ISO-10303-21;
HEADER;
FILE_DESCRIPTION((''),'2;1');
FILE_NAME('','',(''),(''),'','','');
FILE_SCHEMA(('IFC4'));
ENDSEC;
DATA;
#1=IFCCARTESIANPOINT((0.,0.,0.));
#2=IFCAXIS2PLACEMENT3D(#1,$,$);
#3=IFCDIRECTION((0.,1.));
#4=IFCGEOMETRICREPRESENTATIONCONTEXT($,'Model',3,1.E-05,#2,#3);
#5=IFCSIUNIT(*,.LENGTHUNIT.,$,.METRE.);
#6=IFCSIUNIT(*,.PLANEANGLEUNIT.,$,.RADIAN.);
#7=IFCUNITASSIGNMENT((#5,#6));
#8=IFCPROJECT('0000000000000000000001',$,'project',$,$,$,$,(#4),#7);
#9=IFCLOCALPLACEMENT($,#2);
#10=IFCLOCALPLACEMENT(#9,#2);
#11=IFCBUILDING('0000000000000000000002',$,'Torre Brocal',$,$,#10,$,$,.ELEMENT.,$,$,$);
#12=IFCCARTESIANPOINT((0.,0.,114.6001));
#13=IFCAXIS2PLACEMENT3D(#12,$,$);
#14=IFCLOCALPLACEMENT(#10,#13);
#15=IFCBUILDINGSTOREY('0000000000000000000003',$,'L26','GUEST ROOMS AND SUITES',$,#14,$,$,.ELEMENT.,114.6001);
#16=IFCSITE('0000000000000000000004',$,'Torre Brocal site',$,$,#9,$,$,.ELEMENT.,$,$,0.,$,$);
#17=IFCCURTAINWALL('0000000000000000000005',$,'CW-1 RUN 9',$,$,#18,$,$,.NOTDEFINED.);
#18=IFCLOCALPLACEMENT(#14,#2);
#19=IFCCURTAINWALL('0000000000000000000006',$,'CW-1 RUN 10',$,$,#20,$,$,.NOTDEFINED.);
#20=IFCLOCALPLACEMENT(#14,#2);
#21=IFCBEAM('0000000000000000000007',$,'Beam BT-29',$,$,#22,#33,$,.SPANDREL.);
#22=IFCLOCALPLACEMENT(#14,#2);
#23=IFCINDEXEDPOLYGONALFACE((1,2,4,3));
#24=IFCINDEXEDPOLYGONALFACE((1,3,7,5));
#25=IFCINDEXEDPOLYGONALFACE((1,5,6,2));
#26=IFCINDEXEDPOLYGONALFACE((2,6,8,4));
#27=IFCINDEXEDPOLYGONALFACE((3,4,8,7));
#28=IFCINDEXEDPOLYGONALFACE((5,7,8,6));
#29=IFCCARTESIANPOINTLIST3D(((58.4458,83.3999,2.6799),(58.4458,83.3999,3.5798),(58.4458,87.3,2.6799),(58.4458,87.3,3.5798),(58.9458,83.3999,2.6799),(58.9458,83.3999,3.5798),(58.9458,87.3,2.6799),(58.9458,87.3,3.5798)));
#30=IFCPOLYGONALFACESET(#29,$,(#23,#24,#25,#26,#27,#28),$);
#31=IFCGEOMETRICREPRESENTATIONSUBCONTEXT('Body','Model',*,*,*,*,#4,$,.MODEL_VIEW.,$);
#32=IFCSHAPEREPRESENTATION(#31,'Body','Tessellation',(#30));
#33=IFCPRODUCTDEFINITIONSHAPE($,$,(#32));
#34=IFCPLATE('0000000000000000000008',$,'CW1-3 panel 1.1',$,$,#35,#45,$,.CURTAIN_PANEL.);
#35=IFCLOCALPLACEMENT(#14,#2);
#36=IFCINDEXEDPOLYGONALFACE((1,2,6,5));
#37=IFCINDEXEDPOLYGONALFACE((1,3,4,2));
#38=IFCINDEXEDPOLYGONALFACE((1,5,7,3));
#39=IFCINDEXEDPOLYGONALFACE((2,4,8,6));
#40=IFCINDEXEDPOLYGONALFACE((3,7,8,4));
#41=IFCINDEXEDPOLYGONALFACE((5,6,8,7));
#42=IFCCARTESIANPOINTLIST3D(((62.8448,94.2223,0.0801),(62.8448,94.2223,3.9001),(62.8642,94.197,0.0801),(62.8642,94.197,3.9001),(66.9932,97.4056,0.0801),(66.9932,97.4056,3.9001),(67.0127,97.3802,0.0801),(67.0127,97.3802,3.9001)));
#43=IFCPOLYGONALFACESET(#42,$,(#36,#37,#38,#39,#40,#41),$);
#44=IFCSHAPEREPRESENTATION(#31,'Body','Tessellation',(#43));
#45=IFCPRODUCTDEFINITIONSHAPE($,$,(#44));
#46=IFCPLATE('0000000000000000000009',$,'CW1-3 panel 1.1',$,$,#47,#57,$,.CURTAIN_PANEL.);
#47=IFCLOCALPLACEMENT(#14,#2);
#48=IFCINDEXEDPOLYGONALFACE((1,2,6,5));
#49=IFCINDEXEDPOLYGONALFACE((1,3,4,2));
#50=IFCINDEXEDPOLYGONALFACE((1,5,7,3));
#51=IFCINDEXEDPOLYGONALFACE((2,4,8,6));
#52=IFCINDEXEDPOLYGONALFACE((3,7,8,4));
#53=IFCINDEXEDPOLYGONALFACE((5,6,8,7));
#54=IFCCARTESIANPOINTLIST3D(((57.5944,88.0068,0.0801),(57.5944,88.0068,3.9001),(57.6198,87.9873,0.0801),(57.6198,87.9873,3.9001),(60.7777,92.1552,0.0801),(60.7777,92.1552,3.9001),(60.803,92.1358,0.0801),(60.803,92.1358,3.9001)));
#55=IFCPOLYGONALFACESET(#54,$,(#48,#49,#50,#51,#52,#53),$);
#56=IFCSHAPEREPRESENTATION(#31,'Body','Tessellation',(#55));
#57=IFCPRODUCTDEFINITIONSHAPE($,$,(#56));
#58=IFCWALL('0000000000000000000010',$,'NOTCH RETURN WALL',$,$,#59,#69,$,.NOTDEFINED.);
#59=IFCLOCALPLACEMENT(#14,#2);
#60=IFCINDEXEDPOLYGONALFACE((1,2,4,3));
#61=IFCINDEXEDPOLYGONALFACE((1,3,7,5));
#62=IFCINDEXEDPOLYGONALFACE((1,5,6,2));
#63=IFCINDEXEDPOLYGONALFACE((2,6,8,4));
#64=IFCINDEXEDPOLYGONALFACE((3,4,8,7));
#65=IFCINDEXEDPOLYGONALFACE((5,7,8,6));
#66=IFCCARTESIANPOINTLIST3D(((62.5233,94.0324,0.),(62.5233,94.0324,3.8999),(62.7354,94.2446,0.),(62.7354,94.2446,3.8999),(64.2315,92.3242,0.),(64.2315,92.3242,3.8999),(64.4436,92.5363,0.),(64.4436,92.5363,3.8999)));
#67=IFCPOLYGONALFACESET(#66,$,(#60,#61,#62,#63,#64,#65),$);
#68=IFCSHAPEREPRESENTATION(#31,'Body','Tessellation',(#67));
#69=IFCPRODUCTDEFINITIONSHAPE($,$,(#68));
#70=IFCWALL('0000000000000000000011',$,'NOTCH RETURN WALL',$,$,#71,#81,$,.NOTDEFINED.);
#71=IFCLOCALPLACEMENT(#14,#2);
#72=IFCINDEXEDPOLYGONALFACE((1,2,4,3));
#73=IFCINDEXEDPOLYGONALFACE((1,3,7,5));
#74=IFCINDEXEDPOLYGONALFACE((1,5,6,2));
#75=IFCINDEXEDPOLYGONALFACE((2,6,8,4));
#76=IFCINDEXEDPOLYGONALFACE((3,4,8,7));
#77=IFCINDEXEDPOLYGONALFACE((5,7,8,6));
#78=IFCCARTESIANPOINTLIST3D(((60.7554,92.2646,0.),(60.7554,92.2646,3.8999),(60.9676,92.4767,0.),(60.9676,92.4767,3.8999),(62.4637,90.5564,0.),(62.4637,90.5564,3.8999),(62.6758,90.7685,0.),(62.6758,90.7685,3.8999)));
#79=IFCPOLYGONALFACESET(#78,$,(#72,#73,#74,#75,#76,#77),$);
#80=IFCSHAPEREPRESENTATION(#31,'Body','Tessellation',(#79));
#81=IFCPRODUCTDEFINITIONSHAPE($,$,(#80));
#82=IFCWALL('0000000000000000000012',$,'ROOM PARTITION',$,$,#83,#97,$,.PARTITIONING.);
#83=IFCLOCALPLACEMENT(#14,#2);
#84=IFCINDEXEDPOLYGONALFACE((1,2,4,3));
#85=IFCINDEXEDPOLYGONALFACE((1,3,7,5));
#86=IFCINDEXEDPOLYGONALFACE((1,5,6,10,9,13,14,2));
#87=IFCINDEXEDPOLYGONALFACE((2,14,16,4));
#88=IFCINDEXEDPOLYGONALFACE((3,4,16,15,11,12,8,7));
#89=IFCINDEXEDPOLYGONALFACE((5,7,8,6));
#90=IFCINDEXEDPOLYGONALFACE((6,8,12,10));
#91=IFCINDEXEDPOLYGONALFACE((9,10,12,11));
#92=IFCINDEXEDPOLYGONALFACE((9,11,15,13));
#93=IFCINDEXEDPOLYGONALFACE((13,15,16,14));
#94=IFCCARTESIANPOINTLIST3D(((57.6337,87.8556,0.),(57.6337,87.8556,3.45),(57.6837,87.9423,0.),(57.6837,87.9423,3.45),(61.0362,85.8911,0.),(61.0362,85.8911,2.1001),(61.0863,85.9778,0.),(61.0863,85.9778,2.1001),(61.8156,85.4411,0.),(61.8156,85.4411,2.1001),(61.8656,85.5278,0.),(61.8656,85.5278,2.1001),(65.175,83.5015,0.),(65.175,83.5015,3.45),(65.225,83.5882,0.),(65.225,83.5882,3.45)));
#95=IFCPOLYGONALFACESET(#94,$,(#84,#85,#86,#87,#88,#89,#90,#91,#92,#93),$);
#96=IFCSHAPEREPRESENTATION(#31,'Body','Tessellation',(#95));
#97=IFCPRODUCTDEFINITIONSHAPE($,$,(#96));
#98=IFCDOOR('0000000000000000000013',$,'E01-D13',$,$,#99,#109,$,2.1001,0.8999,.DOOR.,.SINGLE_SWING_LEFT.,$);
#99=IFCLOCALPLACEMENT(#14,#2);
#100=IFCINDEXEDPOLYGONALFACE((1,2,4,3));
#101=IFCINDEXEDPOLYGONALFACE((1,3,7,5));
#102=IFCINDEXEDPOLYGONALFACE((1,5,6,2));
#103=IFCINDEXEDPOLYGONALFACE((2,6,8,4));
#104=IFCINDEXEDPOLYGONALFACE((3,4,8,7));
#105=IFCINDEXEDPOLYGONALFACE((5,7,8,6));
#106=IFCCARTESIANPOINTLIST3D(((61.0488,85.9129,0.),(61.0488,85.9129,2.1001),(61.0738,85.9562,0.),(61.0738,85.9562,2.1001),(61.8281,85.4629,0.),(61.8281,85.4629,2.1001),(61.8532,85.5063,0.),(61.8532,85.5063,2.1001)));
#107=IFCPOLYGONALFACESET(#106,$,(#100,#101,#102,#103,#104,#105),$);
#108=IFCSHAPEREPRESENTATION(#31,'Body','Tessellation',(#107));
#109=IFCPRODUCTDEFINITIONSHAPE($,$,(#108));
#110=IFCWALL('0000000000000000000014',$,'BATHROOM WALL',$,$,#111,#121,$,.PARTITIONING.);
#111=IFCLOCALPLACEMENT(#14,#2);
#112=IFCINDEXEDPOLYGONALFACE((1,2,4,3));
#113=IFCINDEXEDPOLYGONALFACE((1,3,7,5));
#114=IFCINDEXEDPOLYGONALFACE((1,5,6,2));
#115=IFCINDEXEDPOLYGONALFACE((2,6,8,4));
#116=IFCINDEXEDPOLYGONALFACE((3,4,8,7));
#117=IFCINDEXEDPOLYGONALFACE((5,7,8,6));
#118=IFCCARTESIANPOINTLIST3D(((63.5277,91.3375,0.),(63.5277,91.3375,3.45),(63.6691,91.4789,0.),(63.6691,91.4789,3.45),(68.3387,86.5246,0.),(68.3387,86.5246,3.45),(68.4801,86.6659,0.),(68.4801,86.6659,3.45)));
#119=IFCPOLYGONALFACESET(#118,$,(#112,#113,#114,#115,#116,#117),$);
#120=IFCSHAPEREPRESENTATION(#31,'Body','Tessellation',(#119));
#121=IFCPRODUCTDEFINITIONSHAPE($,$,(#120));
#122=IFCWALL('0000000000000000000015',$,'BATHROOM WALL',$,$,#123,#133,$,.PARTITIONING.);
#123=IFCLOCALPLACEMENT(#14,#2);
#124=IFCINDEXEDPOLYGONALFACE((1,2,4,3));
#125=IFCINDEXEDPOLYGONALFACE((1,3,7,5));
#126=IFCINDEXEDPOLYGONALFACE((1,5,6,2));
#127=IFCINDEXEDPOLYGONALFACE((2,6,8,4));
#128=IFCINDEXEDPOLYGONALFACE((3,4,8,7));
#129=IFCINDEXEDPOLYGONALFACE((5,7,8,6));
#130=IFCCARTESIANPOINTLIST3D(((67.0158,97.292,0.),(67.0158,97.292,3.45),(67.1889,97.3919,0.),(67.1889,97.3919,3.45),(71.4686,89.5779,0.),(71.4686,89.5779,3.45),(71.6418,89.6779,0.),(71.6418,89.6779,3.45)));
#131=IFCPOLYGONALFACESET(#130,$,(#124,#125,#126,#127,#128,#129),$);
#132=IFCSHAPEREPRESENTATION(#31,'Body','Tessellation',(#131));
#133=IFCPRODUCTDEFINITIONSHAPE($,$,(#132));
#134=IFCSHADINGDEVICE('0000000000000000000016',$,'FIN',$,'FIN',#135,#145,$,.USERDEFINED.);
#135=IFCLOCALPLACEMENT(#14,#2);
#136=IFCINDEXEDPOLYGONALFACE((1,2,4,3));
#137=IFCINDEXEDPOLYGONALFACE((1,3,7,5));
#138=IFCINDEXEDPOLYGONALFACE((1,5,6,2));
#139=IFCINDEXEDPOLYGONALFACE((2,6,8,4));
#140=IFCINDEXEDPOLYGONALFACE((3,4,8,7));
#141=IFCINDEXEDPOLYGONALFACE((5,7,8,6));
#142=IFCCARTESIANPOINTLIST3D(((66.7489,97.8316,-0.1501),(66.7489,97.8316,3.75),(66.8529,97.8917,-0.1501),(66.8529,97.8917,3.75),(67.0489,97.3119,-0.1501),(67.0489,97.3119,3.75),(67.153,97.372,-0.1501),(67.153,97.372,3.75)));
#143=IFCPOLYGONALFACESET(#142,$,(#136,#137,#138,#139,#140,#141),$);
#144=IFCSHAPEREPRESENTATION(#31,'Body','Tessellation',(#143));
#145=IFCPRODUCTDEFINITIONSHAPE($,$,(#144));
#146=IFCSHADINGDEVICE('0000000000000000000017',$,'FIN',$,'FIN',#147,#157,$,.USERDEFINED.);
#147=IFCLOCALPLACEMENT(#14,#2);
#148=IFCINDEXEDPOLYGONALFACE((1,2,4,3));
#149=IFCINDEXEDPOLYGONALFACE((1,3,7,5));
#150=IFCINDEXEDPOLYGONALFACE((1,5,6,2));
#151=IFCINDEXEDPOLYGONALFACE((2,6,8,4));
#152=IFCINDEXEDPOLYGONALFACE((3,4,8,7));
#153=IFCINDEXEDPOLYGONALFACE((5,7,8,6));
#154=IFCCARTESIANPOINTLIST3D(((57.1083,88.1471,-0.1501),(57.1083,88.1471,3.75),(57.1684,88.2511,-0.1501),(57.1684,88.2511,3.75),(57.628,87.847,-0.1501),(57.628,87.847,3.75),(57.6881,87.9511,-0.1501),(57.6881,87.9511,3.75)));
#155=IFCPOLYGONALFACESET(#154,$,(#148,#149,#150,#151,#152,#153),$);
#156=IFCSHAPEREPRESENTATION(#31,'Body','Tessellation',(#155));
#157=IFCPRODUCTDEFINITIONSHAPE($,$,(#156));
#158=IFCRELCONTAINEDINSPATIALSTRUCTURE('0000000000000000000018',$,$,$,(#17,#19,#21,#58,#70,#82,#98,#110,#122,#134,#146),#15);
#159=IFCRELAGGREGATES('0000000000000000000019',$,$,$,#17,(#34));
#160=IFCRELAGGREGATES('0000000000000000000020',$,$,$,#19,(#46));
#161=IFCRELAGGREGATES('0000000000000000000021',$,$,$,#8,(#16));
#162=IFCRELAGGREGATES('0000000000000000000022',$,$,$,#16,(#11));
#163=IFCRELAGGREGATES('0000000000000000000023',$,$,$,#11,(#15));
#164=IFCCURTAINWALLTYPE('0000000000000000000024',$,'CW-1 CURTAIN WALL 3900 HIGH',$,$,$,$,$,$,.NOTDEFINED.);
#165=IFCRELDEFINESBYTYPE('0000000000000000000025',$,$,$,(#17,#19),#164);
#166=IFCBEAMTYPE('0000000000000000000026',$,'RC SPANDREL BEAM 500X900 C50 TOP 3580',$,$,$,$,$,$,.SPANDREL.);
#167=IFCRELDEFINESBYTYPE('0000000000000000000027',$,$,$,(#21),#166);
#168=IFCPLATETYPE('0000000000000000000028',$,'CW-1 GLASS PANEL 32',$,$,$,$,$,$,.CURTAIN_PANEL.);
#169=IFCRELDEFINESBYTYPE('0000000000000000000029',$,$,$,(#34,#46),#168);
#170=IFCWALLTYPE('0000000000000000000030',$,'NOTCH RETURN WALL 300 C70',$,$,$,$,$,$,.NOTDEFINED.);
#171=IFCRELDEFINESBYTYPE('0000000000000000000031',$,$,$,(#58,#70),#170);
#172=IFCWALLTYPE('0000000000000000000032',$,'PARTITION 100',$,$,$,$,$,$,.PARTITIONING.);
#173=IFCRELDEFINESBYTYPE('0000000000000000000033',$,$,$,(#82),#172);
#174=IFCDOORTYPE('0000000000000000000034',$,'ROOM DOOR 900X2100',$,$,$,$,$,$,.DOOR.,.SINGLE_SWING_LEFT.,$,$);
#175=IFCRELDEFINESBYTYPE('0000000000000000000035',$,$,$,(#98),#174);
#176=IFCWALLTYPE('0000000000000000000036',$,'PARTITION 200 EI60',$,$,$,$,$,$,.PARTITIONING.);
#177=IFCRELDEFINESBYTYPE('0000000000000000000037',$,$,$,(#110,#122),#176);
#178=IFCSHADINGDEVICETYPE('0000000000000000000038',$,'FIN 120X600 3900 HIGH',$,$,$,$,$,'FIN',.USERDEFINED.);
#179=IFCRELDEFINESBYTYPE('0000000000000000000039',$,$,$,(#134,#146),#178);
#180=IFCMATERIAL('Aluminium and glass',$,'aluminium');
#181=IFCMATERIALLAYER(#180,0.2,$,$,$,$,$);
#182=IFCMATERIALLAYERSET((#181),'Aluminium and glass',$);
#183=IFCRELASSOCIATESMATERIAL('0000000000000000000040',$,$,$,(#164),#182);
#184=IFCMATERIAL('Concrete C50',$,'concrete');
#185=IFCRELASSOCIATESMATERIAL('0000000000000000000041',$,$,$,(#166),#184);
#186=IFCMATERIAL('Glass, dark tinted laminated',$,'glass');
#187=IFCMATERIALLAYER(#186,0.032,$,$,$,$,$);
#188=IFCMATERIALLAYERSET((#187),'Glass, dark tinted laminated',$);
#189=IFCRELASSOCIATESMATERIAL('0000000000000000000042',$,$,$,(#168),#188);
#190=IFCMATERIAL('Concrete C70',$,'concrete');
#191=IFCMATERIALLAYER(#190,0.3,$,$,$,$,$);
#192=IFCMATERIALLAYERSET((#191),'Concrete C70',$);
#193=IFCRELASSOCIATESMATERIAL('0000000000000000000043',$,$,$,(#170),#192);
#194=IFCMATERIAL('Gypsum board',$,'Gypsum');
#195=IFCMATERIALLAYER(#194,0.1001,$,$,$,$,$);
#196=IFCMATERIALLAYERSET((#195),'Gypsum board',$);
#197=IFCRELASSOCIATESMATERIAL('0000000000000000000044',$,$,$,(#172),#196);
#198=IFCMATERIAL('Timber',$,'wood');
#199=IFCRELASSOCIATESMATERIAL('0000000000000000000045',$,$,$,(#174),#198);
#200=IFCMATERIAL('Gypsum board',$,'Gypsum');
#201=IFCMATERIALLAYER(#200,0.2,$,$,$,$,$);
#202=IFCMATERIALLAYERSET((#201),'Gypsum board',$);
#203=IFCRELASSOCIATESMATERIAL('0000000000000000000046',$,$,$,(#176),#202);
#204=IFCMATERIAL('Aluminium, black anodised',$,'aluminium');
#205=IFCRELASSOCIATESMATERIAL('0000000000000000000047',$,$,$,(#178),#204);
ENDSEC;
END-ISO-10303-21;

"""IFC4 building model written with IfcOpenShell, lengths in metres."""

from ifc_helpers import new_model, si_unit, direction, frame, frame_2d, origin, origin_2d, place, context, subcontext, project, spatial, rectangle, extrude, material, layer, layer_set, material_profile, profile_set, type_object, element, fill, aggregate, save


model = new_model("IFC4")

# Units and contexts
model_context = context("Model", 3, precision=1e-05, world=origin(), true_north=direction((0.0, 1.0)))
body_context = subcontext(model_context, "Body", "Model", "MODEL_VIEW")
ifc_project = project(units=[si_unit("LENGTHUNIT", "METRE"), si_unit("PLANEANGLEUNIT", "RADIAN")], contexts=[model_context])

# Site, building, storey
site_placement = place(None, origin())
site = spatial("IfcSite", under=ifc_project, at=site_placement, Name="Torre Brocal site", CompositionType="ELEMENT", RefElevation=0.0)
building_placement = place(site_placement, origin())
building = spatial("IfcBuilding", under=site, at=building_placement, Name="Torre Brocal", CompositionType="ELEMENT")
storey_placement = place(building_placement, frame((0.0, 0.0, 114.6001)))
storey = spatial("IfcBuildingStorey", under=building, at=storey_placement, Name="L26", Description="GUEST ROOMS AND SUITES", CompositionType="ELEMENT", Elevation=114.6001)

# Shared definitions
ifc_material_1 = material(Name="Aluminium and glass", Category="aluminium")
ifc_layer_1 = layer(ifc_material_1, 0.2)
ifc_layer_set_1 = layer_set([ifc_layer_1], Name="Aluminium and glass")
curtain_wall_type = type_object("IfcCurtainWallType", Name="CW-1 CURTAIN WALL 3900 HIGH", PredefinedType="NOTDEFINED", material=ifc_layer_set_1)

# Curtain walls
curtain_wall_1_placement = place(storey_placement, origin())
curtain_wall_1 = element("IfcCurtainWall", 1, at=curtain_wall_1_placement, inside=storey, type_object=curtain_wall_type, Name="CW-1 RUN 9", PredefinedType="NOTDEFINED")
curtain_wall_2_placement = place(storey_placement, origin())
curtain_wall_2 = element("IfcCurtainWall", 2, at=curtain_wall_2_placement, inside=storey, type_object=curtain_wall_type, Name="CW-1 RUN 10", PredefinedType="NOTDEFINED")

# Beam
ifc_material_2 = material(Name="Concrete C50", Category="concrete")
ifc_material_profile_1 = material_profile(ifc_material_2, rectangle(XDim=0.5, YDim=0.8999, at=origin_2d()), Name="RC 500X900")
ifc_profile_set_1 = profile_set([ifc_material_profile_1], Name="Concrete C50")
beam_type_1 = type_object("IfcBeamType", Name="RC SPANDREL BEAM 500X900 C50 TOP 3580", PredefinedType="SPANDREL", material=ifc_profile_set_1)
beam_1_placement = place(storey_placement, frame((58.6958, 87.3, 3.1299), z_axis=(0.0, -1.0, 0.0), x_axis=(1.0, 0.0, 0.0)))
element("IfcBeam", 3, at=beam_1_placement, inside=storey, type_object=beam_type_1, Name="Beam BT-29", PredefinedType="SPANDREL", context=body_context, shape_type="SweptSolid", body=[
    extrude(rectangle(XDim=0.5, YDim=0.8999, at=origin_2d()), origin(), (0.0, 0.0, 1.0), 3.9001),
])

# Plates
ifc_material_3 = material(Name="Glass, dark tinted laminated", Category="glass")
ifc_layer_2 = layer(ifc_material_3, 0.032)
ifc_layer_set_2 = layer_set([ifc_layer_2], Name="Glass, dark tinted laminated")
plate_type = type_object("IfcPlateType", Name="CW-1 GLASS PANEL 32", PredefinedType="CURTAIN_PANEL", material=ifc_layer_set_2)
plate_1_placement = place(storey_placement, frame((64.9287, 95.8013, 0.0801), z_axis=(0.0, 0.0, 1.0), x_axis=(-0.793353, -0.608761, 0.0)))
plate_1 = element("IfcPlate", 4, at=plate_1_placement, type_object=plate_type, Name="CW1-3 panel 1.1", PredefinedType="CURTAIN_PANEL", context=body_context, shape_type="SweptSolid", body=[
    extrude(rectangle(XDim=5.229, YDim=0.032, at=origin_2d()), origin(), (0.0, 0.0, 1.0), 3.8201),
])
aggregate(curtain_wall_1, [plate_1])
plate_2_placement = place(storey_placement, frame((59.1987, 90.0713, 0.0801), z_axis=(0.0, 0.0, 1.0), x_axis=(-0.608761, -0.793353, 0.0)))
plate_2 = element("IfcPlate", 5, at=plate_2_placement, type_object=plate_type, Name="CW1-3 panel 1.1", PredefinedType="CURTAIN_PANEL", context=body_context, shape_type="SweptSolid", body=[
    extrude(rectangle(XDim=5.229, YDim=0.032, at=origin_2d()), origin(), (0.0, 0.0, 1.0), 3.8201),
])
aggregate(curtain_wall_2, [plate_2])

# Walls
ifc_material_4 = material(Name="Concrete C70", Category="concrete")
ifc_layer_3 = layer(ifc_material_4, 0.3)
ifc_layer_set_3 = layer_set([ifc_layer_3], Name="Concrete C70")
wall_type_1 = type_object("IfcWallType", Name="NOTCH RETURN WALL 300 C70", PredefinedType="NOTDEFINED", material=ifc_layer_set_3)
for number, where, z_axis, x_axis, name in (
    (6, (64.3376, 92.4302, 0.0), (0.0, 0.0, 1.0), (-0.707107, 0.707107, 0.0), "NOTCH RETURN WALL"),
    (7, (62.5698, 90.6624, 0.0), (0.0, 0.0, 1.0), (-0.707107, 0.707107, 0.0), "NOTCH RETURN WALL"),
):
    element("IfcWall", number, at=place(storey_placement, frame(where, z_axis=z_axis, x_axis=x_axis)), inside=storey, type_object=wall_type_1, Name=name, PredefinedType="NOTDEFINED", context=body_context, shape_type="SweptSolid", body=[
        extrude(rectangle(XDim=2.4158, YDim=0.3, at=frame_2d((1.208, 0.0))), origin(), (0.0, 0.0, 1.0), 3.8999),
    ])

# Wall, opening, door
ifc_material_5 = material(Name="Gypsum board", Category="Gypsum")
ifc_layer_4 = layer(ifc_material_5, 0.1001)
ifc_layer_set_4 = layer_set([ifc_layer_4], Name="Gypsum board")
wall_type_2 = type_object("IfcWallType", Name="PARTITION 100", PredefinedType="PARTITIONING", material=ifc_layer_set_4)
wall_1_placement = place(storey_placement, frame((57.6587, 87.8989, 0.0), z_axis=(0.0, 0.0, 1.0), x_axis=(0.866023, -0.500005, 0.0)))
wall_1 = element("IfcWall", 8, at=wall_1_placement, inside=storey, type_object=wall_type_2, Name="ROOM PARTITION", PredefinedType="PARTITIONING", context=body_context, shape_type="SweptSolid", body=[
    extrude(rectangle(XDim=8.708, YDim=0.1001, at=frame_2d((4.354, 0.0))), origin(), (0.0, 0.0, 1.0), 3.45),
])
opening_placement = place(wall_1_placement, frame((3.929, 0.0, 0.0)))
opening = element("IfcOpeningElement", 9, at=opening_placement, cuts=wall_1, PredefinedType="OPENING", context=body_context, shape_type="SweptSolid", body=[
    extrude(rectangle(XDim=0.8999, YDim=2.1001, at=frame_2d((0.45, 1.05))), frame((0.0, 0.0601, 0.0), z_axis=(0.0, -1.0, 0.0), x_axis=(1.0, 0.0, 0.0)), (0.0, 0.0, 1.0), 0.1201),
])
ifc_material_6 = material(Name="Timber", Category="wood")
door_type = type_object("IfcDoorType", Name="ROOM DOOR 900X2100", OperationType="SINGLE_SWING_LEFT", PredefinedType="DOOR", material=ifc_material_6)
door_placement = place(opening_placement, frame((0.8999, 0.0, 0.0), z_axis=(0.0, 0.0, 1.0), x_axis=(-1.0, 0.0, 0.0)))
door = element("IfcDoor", 10, at=door_placement, inside=storey, type_object=door_type, Name="E01-D13", OperationType="SINGLE_SWING_LEFT", OverallHeight=2.1001, OverallWidth=0.8999, PredefinedType="DOOR", context=body_context, shape_type="SweptSolid", body=[
    extrude(rectangle(XDim=0.8999, YDim=2.1001, at=frame_2d((0.45, 1.05))), frame((0.0, 0.0249, 0.0), z_axis=(0.0, -1.0, 0.0), x_axis=(1.0, 0.0, 0.0)), (0.0, 0.0, 1.0), 0.05),
])
fill(opening, door)

# Walls
ifc_material_7 = material(Name="Gypsum board", Category="Gypsum")
ifc_layer_5 = layer(ifc_material_7, 0.2)
ifc_layer_set_5 = layer_set([ifc_layer_5], Name="Gypsum board")
wall_type_3 = type_object("IfcWallType", Name="PARTITION 200 EI60", PredefinedType="PARTITIONING", material=ifc_layer_set_5)
wall_2_placement = place(storey_placement, frame((63.5984, 91.4082, 0.0), z_axis=(0.0, 0.0, 1.0), x_axis=(0.706963, -0.70725, 0.0)))
element("IfcWall", 11, at=wall_2_placement, inside=storey, type_object=wall_type_3, Name="BATHROOM WALL", PredefinedType="PARTITIONING", context=body_context, shape_type="SweptSolid", body=[
    extrude(rectangle(XDim=6.8052, YDim=0.2, at=frame_2d((3.4026, 0.0))), origin(), (0.0, 0.0, 1.0), 3.45),
])
wall_3_placement = place(storey_placement, frame((67.1023, 97.342, 0.0), z_axis=(0.0, 0.0, 1.0), x_axis=(0.499927, -0.866067, 0.0)))
element("IfcWall", 12, at=wall_3_placement, inside=storey, type_object=wall_type_3, Name="BATHROOM WALL", PredefinedType="PARTITIONING", context=body_context, shape_type="SweptSolid", body=[
    extrude(rectangle(XDim=8.907, YDim=0.2, at=frame_2d((4.4536, 0.0))), origin(), (0.0, 0.0, 1.0), 3.45),
])

# Shading devices
ifc_material_8 = material(Name="Aluminium, black anodised", Category="aluminium")
ifc_material_profile_2 = material_profile(ifc_material_8, rectangle(XDim=0.1201, YDim=0.6001, at=origin_2d()), Name="FIN 120X600 3900 HIGH")
ifc_profile_set_2 = profile_set([ifc_material_profile_2], Name="Aluminium, black anodised")
shading_device_type = type_object("IfcShadingDeviceType", Name="FIN 120X600 3900 HIGH", ElementType="FIN", PredefinedType="USERDEFINED", material=ifc_profile_set_2)
for number, where, z_axis, x_axis, name in (
    (13, (66.9509, 97.6018, -0.1501), (0.0, 0.0, 1.0), (-0.866025, -0.5, 0.0), "FIN"),
    (14, (57.3982, 88.0491, -0.1501), (0.0, 0.0, 1.0), (-0.5, -0.866025, 0.0), "FIN"),
):
    element("IfcShadingDevice", number, at=place(storey_placement, frame(where, z_axis=z_axis, x_axis=x_axis)), inside=storey, type_object=shading_device_type, Name=name, ObjectType="FIN", PredefinedType="USERDEFINED", context=body_context, shape_type="SweptSolid", body=[
        extrude(rectangle(XDim=0.1201, YDim=0.6001, at=origin_2d()), origin(), (0.0, 0.0, 1.0), 3.9001),
    ])

save(model, "model.ifc")
